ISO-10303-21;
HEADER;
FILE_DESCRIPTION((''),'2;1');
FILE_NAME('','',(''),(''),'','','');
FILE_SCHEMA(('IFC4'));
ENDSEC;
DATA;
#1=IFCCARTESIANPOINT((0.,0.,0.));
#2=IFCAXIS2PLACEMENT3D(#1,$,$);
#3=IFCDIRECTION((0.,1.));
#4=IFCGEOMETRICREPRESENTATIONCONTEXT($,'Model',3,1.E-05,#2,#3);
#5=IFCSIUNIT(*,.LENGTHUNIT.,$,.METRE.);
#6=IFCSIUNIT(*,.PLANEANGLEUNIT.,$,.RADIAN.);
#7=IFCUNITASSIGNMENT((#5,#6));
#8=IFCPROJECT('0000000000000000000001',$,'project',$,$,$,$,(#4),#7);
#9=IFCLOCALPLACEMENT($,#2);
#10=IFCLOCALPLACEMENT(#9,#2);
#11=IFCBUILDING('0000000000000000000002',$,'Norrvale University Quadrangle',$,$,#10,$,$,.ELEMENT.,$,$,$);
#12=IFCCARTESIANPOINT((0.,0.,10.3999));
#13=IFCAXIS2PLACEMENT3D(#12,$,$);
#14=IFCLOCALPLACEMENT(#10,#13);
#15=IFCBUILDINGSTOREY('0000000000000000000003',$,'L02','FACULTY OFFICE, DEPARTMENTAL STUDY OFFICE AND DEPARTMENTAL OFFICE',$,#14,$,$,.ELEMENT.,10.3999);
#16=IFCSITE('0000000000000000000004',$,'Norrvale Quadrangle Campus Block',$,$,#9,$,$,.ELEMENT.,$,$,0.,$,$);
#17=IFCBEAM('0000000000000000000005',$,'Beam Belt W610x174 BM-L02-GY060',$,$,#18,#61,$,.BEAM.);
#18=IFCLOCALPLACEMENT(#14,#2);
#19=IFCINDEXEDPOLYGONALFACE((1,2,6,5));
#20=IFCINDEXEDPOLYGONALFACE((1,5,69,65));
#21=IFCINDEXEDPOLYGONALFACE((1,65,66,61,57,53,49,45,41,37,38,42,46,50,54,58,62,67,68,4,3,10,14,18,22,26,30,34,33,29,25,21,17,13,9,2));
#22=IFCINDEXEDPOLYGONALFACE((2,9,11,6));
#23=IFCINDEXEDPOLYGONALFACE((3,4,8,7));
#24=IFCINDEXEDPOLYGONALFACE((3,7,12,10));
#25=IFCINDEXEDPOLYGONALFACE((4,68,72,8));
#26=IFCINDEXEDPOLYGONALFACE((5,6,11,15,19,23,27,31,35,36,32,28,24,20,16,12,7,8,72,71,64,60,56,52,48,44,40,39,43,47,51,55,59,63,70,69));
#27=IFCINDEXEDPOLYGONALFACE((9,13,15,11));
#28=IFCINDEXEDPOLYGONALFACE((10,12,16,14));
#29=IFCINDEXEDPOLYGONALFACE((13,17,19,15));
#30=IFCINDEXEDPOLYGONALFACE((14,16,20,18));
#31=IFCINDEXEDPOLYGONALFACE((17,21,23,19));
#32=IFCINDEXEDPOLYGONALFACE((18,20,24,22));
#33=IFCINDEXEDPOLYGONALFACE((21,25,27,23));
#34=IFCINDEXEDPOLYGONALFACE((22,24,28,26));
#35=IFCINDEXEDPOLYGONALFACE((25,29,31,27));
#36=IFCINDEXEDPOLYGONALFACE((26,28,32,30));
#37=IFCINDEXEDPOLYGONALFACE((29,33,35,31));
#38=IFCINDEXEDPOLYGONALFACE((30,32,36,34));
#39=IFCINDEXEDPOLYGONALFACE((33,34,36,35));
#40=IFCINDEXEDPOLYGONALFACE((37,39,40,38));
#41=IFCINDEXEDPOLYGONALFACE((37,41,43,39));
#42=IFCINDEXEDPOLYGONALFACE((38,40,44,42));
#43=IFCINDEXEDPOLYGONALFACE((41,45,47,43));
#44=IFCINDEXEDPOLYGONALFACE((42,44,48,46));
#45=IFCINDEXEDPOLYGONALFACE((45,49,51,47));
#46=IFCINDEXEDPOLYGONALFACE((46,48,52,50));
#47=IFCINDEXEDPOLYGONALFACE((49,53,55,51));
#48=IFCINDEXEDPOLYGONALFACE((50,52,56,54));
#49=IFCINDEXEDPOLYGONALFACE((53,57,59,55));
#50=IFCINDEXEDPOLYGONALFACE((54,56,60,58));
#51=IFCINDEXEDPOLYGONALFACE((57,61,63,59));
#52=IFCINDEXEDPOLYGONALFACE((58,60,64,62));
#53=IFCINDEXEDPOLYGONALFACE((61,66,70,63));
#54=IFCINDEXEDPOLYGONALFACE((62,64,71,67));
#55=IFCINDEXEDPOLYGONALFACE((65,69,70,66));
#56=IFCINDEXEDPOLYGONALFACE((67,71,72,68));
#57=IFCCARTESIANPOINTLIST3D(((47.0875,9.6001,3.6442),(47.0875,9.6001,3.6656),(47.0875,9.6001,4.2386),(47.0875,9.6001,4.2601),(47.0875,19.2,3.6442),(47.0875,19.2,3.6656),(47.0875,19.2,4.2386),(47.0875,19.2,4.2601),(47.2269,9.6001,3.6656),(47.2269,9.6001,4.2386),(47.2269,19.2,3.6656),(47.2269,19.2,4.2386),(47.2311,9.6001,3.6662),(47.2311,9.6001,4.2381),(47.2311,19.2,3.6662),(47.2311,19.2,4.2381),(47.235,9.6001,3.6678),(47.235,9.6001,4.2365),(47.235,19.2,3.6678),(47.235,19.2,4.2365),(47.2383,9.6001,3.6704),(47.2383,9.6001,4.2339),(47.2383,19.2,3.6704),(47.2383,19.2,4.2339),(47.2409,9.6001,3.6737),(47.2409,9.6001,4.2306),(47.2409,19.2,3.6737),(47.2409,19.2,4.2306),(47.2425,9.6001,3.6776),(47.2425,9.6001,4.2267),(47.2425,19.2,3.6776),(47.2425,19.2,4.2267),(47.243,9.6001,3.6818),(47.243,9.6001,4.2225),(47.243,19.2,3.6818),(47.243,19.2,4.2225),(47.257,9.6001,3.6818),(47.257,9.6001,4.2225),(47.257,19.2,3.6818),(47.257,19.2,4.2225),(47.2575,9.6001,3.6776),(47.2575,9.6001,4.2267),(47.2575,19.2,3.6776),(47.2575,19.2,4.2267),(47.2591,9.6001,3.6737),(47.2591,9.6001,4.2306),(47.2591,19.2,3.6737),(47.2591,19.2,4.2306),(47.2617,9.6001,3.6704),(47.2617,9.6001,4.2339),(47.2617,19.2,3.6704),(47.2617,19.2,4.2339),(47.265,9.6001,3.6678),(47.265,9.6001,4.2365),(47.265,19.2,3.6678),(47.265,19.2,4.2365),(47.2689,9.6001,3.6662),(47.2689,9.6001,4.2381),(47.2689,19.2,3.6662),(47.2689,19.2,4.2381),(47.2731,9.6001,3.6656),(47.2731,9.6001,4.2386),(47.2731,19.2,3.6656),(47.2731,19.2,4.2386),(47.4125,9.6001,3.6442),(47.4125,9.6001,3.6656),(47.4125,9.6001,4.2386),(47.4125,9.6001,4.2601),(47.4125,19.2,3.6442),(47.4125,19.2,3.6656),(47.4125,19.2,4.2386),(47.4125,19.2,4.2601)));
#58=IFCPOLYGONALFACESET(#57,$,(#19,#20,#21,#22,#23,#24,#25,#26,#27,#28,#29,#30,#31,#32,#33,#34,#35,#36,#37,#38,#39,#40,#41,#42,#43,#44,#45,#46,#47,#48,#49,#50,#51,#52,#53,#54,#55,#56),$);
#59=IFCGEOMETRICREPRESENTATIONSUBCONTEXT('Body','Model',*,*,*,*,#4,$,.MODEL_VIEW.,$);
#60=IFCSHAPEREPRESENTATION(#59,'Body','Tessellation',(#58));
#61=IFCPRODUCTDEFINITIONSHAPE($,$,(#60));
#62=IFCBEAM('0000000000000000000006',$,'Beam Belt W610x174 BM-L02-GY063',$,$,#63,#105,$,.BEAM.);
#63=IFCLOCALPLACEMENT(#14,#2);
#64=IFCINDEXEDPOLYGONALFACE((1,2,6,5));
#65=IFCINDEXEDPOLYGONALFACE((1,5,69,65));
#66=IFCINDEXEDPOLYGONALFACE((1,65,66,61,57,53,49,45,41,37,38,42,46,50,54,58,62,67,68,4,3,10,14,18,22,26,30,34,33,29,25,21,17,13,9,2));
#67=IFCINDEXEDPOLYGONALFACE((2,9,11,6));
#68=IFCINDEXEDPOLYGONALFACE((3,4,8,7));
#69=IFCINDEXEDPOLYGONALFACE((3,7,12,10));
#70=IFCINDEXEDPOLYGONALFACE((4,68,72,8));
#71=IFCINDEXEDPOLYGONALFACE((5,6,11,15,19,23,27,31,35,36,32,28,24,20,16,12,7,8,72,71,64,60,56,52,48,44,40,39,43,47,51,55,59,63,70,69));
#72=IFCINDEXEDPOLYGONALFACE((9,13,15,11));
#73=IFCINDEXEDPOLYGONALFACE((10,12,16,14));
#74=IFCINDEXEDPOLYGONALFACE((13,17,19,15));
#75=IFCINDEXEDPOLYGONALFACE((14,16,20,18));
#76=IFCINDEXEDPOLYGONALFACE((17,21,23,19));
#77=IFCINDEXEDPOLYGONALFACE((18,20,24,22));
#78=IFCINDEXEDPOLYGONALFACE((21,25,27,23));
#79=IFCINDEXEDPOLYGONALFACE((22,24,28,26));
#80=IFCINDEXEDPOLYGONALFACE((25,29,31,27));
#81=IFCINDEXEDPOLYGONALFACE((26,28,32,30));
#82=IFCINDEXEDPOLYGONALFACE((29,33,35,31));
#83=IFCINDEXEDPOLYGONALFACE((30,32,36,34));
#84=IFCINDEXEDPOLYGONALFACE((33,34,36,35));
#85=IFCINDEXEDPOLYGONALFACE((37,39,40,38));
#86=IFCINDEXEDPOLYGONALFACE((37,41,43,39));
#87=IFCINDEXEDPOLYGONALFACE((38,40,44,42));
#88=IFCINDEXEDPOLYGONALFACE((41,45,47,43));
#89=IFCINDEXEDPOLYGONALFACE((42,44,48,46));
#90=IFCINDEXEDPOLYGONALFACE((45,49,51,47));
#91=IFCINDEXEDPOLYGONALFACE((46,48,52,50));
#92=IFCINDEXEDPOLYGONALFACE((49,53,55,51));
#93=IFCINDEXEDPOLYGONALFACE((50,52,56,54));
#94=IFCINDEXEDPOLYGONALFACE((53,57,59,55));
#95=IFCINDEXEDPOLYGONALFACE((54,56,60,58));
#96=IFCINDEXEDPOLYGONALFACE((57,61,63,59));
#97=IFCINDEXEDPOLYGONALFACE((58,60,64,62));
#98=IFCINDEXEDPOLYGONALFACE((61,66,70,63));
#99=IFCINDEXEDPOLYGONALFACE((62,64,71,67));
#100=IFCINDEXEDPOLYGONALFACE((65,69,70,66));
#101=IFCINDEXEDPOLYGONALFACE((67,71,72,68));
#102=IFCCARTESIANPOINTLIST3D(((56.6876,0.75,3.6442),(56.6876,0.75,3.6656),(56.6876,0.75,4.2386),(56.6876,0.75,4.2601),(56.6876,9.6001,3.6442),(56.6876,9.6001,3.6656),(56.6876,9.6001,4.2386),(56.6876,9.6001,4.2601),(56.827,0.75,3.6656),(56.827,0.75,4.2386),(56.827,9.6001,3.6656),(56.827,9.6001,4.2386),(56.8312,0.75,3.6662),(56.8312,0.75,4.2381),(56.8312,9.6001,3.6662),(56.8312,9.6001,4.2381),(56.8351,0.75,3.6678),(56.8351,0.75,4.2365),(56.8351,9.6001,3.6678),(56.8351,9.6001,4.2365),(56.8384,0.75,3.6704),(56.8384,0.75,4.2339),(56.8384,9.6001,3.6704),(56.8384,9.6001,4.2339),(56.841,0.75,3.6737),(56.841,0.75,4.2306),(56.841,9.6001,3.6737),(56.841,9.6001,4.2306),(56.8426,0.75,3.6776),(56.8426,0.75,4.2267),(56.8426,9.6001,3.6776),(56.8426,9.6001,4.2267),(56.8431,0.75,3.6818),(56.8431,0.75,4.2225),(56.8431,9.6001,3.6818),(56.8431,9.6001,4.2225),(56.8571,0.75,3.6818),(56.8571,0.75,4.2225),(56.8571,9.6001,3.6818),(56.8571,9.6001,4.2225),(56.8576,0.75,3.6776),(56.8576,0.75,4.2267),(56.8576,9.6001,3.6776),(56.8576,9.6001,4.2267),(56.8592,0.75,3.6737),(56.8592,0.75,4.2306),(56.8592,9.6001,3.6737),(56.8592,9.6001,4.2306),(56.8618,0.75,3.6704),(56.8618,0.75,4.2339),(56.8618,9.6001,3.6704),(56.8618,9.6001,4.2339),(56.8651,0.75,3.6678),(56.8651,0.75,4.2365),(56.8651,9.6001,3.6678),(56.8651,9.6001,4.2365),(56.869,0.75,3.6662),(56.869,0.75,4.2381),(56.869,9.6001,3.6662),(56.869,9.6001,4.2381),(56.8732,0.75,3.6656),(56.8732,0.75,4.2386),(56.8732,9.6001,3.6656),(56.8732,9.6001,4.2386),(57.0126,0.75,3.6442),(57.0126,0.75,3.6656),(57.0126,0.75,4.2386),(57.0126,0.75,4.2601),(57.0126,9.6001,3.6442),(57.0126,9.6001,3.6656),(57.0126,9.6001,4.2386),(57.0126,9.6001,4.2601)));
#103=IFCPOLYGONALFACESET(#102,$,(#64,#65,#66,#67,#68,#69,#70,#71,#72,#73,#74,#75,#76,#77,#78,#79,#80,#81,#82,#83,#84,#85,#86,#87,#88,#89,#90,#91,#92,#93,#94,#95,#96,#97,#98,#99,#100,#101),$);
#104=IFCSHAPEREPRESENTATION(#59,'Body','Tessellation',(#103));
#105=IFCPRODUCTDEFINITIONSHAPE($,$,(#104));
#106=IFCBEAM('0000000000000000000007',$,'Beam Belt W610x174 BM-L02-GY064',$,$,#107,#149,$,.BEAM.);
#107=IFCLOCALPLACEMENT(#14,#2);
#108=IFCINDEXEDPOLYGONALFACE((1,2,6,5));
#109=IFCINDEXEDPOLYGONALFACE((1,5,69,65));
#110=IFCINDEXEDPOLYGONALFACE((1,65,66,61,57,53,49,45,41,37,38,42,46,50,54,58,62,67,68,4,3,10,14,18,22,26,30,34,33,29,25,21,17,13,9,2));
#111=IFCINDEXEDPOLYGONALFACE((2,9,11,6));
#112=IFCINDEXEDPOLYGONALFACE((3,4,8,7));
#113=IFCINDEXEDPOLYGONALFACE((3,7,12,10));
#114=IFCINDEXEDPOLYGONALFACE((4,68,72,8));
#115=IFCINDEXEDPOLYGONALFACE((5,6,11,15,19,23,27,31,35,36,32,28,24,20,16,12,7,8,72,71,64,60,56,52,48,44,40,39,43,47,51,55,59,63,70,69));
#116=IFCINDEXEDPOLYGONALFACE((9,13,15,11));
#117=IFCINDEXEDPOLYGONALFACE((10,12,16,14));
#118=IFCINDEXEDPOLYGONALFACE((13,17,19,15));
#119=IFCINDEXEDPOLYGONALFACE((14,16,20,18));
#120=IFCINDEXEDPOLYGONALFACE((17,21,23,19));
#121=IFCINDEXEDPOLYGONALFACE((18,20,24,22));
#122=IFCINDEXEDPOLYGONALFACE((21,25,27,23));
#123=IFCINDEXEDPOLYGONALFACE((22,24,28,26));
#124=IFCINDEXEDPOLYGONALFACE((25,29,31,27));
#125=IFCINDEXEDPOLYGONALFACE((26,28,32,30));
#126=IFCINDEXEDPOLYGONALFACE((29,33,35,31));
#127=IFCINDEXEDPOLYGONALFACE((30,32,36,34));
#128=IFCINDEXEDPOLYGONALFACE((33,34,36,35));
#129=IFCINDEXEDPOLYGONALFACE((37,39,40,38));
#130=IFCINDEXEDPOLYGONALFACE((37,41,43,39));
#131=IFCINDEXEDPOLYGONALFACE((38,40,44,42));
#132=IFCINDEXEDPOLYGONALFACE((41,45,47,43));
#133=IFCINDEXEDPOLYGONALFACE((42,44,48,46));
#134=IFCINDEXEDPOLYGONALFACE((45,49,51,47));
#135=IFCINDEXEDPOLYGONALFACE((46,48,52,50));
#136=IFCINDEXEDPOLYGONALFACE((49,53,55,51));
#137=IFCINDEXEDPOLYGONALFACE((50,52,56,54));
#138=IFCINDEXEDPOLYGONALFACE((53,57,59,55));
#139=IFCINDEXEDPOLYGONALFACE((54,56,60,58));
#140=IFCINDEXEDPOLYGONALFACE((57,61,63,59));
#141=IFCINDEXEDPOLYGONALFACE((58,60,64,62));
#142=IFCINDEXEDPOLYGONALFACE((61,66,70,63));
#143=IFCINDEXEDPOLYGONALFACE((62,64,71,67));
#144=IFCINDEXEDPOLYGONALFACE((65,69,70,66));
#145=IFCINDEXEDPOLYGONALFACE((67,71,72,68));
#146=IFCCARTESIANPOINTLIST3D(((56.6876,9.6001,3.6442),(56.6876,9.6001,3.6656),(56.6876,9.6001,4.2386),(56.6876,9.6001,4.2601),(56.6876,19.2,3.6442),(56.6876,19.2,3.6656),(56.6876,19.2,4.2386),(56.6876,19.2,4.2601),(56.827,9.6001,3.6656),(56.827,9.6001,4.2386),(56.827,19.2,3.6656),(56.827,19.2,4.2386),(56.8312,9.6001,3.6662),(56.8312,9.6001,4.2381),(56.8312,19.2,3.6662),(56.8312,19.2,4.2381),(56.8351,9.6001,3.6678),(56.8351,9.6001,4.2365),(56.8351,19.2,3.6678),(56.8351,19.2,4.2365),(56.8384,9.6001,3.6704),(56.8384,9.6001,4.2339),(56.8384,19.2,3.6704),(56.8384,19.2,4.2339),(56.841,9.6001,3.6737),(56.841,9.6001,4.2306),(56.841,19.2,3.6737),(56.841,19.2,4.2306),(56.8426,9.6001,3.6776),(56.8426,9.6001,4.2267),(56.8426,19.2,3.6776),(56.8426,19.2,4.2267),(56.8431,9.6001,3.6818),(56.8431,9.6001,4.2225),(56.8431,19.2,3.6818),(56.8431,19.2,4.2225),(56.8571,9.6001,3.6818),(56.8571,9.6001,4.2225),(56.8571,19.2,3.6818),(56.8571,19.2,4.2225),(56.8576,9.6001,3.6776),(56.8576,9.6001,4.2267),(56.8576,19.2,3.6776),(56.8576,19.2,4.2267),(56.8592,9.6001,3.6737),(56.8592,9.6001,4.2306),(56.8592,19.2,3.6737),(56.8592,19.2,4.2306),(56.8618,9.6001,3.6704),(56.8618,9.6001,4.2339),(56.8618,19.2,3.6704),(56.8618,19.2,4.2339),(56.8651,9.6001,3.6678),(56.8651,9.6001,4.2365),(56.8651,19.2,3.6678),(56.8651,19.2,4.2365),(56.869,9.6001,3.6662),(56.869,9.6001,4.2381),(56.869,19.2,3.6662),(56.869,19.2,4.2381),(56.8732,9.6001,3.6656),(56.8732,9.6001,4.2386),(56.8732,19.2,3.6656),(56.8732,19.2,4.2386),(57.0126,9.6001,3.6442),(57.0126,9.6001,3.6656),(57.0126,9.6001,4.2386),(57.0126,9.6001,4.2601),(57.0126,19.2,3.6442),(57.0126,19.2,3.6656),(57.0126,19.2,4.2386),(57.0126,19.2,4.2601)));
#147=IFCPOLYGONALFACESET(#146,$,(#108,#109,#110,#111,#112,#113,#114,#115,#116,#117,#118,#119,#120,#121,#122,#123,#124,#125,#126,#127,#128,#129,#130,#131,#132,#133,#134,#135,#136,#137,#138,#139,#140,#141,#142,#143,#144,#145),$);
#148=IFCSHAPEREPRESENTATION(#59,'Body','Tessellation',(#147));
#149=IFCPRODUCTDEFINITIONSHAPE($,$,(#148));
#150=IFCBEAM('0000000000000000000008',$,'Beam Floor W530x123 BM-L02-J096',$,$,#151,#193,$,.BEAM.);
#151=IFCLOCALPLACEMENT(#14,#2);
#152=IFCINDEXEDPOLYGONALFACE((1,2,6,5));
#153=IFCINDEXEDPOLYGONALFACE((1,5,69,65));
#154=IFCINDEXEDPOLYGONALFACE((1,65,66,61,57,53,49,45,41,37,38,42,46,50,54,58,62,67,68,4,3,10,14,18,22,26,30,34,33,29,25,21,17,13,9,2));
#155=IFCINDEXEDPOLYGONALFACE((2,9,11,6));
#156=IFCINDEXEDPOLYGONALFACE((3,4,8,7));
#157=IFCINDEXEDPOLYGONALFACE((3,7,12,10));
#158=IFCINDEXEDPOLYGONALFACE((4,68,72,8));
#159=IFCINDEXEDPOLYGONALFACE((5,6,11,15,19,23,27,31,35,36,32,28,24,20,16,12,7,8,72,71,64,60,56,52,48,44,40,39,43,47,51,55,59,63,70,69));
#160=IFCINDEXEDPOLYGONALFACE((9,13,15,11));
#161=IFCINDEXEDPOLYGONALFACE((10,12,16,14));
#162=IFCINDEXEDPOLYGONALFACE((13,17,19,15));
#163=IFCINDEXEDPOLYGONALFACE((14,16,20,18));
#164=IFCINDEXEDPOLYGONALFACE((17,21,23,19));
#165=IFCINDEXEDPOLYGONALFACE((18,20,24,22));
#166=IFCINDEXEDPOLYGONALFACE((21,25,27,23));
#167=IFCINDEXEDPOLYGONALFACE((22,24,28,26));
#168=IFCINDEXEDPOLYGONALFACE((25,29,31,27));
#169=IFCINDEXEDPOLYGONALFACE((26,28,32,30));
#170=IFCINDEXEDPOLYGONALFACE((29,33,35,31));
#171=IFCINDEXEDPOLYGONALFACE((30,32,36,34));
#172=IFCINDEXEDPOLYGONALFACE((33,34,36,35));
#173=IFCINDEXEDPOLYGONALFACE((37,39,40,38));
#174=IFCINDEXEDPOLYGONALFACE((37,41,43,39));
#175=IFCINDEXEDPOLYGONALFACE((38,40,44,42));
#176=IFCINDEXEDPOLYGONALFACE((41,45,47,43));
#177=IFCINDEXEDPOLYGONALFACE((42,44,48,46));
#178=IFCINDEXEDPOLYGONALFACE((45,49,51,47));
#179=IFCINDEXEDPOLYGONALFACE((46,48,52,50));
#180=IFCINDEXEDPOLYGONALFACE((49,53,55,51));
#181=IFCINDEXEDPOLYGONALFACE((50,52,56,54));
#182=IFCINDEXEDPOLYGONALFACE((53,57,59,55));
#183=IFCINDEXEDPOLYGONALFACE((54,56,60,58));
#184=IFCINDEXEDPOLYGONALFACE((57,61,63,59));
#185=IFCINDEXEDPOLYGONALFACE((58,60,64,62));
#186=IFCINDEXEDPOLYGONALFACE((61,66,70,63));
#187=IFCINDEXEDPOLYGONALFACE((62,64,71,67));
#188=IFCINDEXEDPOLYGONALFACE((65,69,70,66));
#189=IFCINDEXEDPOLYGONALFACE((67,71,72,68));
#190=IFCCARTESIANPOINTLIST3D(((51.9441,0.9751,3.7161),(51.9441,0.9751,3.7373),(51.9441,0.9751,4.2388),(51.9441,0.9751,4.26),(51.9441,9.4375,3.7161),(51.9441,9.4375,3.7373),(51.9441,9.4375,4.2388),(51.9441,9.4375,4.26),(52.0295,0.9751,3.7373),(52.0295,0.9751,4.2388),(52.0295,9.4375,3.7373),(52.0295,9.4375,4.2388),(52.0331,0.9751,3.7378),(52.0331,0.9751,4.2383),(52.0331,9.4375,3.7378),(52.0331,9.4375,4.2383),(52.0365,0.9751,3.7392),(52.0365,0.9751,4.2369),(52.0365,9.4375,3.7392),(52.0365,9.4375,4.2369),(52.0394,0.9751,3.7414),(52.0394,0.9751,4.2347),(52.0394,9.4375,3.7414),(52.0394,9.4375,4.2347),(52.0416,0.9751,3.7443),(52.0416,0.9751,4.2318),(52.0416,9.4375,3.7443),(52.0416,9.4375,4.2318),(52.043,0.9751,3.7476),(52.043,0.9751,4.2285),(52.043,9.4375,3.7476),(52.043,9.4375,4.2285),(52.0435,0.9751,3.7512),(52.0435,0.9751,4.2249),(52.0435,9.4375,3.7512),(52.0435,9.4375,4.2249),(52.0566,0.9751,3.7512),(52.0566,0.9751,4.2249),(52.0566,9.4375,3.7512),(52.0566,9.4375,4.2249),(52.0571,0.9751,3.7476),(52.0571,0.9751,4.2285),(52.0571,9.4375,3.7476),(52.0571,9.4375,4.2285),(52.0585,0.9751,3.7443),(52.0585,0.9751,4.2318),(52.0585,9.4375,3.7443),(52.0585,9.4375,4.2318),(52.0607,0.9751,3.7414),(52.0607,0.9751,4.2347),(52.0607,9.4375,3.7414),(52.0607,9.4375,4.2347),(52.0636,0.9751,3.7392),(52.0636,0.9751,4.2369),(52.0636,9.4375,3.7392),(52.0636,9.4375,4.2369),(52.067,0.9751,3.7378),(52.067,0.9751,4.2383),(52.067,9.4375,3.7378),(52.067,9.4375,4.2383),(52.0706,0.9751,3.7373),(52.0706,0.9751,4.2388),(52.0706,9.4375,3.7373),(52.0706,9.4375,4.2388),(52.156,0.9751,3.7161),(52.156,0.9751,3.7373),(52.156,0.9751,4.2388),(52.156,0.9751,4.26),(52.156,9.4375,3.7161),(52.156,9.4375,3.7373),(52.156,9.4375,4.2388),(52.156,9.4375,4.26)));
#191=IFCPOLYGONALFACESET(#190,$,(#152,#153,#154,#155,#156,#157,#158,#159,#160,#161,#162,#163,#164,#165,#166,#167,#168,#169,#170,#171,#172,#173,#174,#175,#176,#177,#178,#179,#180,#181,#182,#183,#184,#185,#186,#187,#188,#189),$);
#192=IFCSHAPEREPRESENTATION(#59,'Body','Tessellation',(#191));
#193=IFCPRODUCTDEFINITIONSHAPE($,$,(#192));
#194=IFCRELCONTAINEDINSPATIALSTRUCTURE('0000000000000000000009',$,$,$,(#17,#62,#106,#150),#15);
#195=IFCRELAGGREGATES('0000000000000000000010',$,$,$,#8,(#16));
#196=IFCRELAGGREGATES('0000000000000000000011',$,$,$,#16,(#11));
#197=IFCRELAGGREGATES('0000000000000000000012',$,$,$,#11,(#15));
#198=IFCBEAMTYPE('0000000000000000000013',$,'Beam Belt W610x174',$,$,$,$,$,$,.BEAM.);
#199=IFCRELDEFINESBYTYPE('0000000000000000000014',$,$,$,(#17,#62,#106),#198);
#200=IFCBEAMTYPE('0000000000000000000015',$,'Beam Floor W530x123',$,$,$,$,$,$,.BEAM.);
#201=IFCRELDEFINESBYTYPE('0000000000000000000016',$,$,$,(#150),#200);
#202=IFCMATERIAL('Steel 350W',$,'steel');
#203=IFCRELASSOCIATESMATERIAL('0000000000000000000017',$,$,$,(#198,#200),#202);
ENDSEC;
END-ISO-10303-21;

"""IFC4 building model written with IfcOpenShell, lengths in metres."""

from ifc_helpers import new_model, si_unit, direction, frame, origin, origin_2d, place, context, subcontext, project, spatial, i_section, extrude, material, material_profile, profile_set, type_object, element, save


model = new_model("IFC4")

# Units and contexts
model_context = context("Model", 3, precision=1e-05, world=origin(), true_north=direction((0.0, 1.0)))
body_context = subcontext(model_context, "Body", "Model", "MODEL_VIEW")
ifc_project = project(units=[si_unit("LENGTHUNIT", "METRE"), si_unit("PLANEANGLEUNIT", "RADIAN")], contexts=[model_context])

# Site, building, storey
site_placement = place(None, origin())
site = spatial("IfcSite", under=ifc_project, at=site_placement, Name="Norrvale Quadrangle Campus Block", CompositionType="ELEMENT", RefElevation=0.0)
building_placement = place(site_placement, origin())
building = spatial("IfcBuilding", under=site, at=building_placement, Name="Norrvale University Quadrangle", CompositionType="ELEMENT")
storey_placement = place(building_placement, frame((0.0, 0.0, 10.3999)))
storey = spatial("IfcBuildingStorey", under=building, at=storey_placement, Name="L02", Description="FACULTY OFFICE, DEPARTMENTAL STUDY OFFICE AND DEPARTMENTAL OFFICE", CompositionType="ELEMENT", Elevation=10.3999)

# Beams
ifc_material_1 = material(Name="Steel 350W", Category="steel")
ifc_material_profile_1 = material_profile(ifc_material_1, i_section(OverallWidth=0.325, OverallDepth=0.616, WebThickness=0.0139, FlangeThickness=0.0215, FilletRadius=0.0161, at=origin_2d()), Name="Steel 350W")
ifc_profile_set_1 = profile_set([ifc_material_profile_1], Name="Steel 350W")
beam_type_1 = type_object("IfcBeamType", Name="Beam Belt W610x174", PredefinedType="BEAM", material=ifc_profile_set_1)
beam_1_placement = place(storey_placement, frame((47.25, 9.6001, 3.9521), z_axis=(0.0, 1.0, 0.0), x_axis=(-1.0, 0.0, 0.0)))
element("IfcBeam", 1, at=beam_1_placement, inside=storey, type_object=beam_type_1, Name="Beam Belt W610x174 BM-L02-GY060", PredefinedType="BEAM", context=body_context, shape_type="SweptSolid", body=[
    extrude(i_section(OverallWidth=0.325, OverallDepth=0.616, WebThickness=0.0139, FlangeThickness=0.0215, FilletRadius=0.0161, at=origin_2d()), origin(), (0.0, 0.0, 1.0), 9.5999),
])
beam_2_placement = place(storey_placement, frame((56.8501, 0.75, 3.9521), z_axis=(0.0, 1.0, 0.0), x_axis=(-1.0, 0.0, 0.0)))
element("IfcBeam", 2, at=beam_2_placement, inside=storey, type_object=beam_type_1, Name="Beam Belt W610x174 BM-L02-GY063", PredefinedType="BEAM", context=body_context, shape_type="SweptSolid", body=[
    extrude(i_section(OverallWidth=0.325, OverallDepth=0.616, WebThickness=0.0139, FlangeThickness=0.0215, FilletRadius=0.0161, at=origin_2d()), origin(), (0.0, 0.0, 1.0), 8.8501),
])
beam_3_placement = place(storey_placement, frame((56.8501, 9.6001, 3.9521), z_axis=(0.0, 1.0, 0.0), x_axis=(-1.0, 0.0, 0.0)))
element("IfcBeam", 3, at=beam_3_placement, inside=storey, type_object=beam_type_1, Name="Beam Belt W610x174 BM-L02-GY064", PredefinedType="BEAM", context=body_context, shape_type="SweptSolid", body=[
    extrude(i_section(OverallWidth=0.325, OverallDepth=0.616, WebThickness=0.0139, FlangeThickness=0.0215, FilletRadius=0.0161, at=origin_2d()), origin(), (0.0, 0.0, 1.0), 9.5999),
])
ifc_material_profile_2 = material_profile(ifc_material_1, i_section(OverallWidth=0.2119, OverallDepth=0.5439, WebThickness=0.0132, FlangeThickness=0.0212, FilletRadius=0.0139, at=origin_2d()), Name="Steel 350W")
ifc_profile_set_2 = profile_set([ifc_material_profile_2], Name="Steel 350W")
beam_type_2 = type_object("IfcBeamType", Name="Beam Floor W530x123", PredefinedType="BEAM", material=ifc_profile_set_2)
beam_4_placement = place(storey_placement, frame((52.05, 0.9751, 3.988), z_axis=(0.0, 1.0, 0.0), x_axis=(-1.0, 0.0, 0.0)))
element("IfcBeam", 4, at=beam_4_placement, inside=storey, type_object=beam_type_2, Name="Beam Floor W530x123 BM-L02-J096", PredefinedType="BEAM", context=body_context, shape_type="SweptSolid", body=[
    extrude(i_section(OverallWidth=0.2119, OverallDepth=0.5439, WebThickness=0.0132, FlangeThickness=0.0212, FilletRadius=0.0139, at=origin_2d()), origin(), (0.0, 0.0, 1.0), 8.4624),
])

save(model, "model.ifc")
